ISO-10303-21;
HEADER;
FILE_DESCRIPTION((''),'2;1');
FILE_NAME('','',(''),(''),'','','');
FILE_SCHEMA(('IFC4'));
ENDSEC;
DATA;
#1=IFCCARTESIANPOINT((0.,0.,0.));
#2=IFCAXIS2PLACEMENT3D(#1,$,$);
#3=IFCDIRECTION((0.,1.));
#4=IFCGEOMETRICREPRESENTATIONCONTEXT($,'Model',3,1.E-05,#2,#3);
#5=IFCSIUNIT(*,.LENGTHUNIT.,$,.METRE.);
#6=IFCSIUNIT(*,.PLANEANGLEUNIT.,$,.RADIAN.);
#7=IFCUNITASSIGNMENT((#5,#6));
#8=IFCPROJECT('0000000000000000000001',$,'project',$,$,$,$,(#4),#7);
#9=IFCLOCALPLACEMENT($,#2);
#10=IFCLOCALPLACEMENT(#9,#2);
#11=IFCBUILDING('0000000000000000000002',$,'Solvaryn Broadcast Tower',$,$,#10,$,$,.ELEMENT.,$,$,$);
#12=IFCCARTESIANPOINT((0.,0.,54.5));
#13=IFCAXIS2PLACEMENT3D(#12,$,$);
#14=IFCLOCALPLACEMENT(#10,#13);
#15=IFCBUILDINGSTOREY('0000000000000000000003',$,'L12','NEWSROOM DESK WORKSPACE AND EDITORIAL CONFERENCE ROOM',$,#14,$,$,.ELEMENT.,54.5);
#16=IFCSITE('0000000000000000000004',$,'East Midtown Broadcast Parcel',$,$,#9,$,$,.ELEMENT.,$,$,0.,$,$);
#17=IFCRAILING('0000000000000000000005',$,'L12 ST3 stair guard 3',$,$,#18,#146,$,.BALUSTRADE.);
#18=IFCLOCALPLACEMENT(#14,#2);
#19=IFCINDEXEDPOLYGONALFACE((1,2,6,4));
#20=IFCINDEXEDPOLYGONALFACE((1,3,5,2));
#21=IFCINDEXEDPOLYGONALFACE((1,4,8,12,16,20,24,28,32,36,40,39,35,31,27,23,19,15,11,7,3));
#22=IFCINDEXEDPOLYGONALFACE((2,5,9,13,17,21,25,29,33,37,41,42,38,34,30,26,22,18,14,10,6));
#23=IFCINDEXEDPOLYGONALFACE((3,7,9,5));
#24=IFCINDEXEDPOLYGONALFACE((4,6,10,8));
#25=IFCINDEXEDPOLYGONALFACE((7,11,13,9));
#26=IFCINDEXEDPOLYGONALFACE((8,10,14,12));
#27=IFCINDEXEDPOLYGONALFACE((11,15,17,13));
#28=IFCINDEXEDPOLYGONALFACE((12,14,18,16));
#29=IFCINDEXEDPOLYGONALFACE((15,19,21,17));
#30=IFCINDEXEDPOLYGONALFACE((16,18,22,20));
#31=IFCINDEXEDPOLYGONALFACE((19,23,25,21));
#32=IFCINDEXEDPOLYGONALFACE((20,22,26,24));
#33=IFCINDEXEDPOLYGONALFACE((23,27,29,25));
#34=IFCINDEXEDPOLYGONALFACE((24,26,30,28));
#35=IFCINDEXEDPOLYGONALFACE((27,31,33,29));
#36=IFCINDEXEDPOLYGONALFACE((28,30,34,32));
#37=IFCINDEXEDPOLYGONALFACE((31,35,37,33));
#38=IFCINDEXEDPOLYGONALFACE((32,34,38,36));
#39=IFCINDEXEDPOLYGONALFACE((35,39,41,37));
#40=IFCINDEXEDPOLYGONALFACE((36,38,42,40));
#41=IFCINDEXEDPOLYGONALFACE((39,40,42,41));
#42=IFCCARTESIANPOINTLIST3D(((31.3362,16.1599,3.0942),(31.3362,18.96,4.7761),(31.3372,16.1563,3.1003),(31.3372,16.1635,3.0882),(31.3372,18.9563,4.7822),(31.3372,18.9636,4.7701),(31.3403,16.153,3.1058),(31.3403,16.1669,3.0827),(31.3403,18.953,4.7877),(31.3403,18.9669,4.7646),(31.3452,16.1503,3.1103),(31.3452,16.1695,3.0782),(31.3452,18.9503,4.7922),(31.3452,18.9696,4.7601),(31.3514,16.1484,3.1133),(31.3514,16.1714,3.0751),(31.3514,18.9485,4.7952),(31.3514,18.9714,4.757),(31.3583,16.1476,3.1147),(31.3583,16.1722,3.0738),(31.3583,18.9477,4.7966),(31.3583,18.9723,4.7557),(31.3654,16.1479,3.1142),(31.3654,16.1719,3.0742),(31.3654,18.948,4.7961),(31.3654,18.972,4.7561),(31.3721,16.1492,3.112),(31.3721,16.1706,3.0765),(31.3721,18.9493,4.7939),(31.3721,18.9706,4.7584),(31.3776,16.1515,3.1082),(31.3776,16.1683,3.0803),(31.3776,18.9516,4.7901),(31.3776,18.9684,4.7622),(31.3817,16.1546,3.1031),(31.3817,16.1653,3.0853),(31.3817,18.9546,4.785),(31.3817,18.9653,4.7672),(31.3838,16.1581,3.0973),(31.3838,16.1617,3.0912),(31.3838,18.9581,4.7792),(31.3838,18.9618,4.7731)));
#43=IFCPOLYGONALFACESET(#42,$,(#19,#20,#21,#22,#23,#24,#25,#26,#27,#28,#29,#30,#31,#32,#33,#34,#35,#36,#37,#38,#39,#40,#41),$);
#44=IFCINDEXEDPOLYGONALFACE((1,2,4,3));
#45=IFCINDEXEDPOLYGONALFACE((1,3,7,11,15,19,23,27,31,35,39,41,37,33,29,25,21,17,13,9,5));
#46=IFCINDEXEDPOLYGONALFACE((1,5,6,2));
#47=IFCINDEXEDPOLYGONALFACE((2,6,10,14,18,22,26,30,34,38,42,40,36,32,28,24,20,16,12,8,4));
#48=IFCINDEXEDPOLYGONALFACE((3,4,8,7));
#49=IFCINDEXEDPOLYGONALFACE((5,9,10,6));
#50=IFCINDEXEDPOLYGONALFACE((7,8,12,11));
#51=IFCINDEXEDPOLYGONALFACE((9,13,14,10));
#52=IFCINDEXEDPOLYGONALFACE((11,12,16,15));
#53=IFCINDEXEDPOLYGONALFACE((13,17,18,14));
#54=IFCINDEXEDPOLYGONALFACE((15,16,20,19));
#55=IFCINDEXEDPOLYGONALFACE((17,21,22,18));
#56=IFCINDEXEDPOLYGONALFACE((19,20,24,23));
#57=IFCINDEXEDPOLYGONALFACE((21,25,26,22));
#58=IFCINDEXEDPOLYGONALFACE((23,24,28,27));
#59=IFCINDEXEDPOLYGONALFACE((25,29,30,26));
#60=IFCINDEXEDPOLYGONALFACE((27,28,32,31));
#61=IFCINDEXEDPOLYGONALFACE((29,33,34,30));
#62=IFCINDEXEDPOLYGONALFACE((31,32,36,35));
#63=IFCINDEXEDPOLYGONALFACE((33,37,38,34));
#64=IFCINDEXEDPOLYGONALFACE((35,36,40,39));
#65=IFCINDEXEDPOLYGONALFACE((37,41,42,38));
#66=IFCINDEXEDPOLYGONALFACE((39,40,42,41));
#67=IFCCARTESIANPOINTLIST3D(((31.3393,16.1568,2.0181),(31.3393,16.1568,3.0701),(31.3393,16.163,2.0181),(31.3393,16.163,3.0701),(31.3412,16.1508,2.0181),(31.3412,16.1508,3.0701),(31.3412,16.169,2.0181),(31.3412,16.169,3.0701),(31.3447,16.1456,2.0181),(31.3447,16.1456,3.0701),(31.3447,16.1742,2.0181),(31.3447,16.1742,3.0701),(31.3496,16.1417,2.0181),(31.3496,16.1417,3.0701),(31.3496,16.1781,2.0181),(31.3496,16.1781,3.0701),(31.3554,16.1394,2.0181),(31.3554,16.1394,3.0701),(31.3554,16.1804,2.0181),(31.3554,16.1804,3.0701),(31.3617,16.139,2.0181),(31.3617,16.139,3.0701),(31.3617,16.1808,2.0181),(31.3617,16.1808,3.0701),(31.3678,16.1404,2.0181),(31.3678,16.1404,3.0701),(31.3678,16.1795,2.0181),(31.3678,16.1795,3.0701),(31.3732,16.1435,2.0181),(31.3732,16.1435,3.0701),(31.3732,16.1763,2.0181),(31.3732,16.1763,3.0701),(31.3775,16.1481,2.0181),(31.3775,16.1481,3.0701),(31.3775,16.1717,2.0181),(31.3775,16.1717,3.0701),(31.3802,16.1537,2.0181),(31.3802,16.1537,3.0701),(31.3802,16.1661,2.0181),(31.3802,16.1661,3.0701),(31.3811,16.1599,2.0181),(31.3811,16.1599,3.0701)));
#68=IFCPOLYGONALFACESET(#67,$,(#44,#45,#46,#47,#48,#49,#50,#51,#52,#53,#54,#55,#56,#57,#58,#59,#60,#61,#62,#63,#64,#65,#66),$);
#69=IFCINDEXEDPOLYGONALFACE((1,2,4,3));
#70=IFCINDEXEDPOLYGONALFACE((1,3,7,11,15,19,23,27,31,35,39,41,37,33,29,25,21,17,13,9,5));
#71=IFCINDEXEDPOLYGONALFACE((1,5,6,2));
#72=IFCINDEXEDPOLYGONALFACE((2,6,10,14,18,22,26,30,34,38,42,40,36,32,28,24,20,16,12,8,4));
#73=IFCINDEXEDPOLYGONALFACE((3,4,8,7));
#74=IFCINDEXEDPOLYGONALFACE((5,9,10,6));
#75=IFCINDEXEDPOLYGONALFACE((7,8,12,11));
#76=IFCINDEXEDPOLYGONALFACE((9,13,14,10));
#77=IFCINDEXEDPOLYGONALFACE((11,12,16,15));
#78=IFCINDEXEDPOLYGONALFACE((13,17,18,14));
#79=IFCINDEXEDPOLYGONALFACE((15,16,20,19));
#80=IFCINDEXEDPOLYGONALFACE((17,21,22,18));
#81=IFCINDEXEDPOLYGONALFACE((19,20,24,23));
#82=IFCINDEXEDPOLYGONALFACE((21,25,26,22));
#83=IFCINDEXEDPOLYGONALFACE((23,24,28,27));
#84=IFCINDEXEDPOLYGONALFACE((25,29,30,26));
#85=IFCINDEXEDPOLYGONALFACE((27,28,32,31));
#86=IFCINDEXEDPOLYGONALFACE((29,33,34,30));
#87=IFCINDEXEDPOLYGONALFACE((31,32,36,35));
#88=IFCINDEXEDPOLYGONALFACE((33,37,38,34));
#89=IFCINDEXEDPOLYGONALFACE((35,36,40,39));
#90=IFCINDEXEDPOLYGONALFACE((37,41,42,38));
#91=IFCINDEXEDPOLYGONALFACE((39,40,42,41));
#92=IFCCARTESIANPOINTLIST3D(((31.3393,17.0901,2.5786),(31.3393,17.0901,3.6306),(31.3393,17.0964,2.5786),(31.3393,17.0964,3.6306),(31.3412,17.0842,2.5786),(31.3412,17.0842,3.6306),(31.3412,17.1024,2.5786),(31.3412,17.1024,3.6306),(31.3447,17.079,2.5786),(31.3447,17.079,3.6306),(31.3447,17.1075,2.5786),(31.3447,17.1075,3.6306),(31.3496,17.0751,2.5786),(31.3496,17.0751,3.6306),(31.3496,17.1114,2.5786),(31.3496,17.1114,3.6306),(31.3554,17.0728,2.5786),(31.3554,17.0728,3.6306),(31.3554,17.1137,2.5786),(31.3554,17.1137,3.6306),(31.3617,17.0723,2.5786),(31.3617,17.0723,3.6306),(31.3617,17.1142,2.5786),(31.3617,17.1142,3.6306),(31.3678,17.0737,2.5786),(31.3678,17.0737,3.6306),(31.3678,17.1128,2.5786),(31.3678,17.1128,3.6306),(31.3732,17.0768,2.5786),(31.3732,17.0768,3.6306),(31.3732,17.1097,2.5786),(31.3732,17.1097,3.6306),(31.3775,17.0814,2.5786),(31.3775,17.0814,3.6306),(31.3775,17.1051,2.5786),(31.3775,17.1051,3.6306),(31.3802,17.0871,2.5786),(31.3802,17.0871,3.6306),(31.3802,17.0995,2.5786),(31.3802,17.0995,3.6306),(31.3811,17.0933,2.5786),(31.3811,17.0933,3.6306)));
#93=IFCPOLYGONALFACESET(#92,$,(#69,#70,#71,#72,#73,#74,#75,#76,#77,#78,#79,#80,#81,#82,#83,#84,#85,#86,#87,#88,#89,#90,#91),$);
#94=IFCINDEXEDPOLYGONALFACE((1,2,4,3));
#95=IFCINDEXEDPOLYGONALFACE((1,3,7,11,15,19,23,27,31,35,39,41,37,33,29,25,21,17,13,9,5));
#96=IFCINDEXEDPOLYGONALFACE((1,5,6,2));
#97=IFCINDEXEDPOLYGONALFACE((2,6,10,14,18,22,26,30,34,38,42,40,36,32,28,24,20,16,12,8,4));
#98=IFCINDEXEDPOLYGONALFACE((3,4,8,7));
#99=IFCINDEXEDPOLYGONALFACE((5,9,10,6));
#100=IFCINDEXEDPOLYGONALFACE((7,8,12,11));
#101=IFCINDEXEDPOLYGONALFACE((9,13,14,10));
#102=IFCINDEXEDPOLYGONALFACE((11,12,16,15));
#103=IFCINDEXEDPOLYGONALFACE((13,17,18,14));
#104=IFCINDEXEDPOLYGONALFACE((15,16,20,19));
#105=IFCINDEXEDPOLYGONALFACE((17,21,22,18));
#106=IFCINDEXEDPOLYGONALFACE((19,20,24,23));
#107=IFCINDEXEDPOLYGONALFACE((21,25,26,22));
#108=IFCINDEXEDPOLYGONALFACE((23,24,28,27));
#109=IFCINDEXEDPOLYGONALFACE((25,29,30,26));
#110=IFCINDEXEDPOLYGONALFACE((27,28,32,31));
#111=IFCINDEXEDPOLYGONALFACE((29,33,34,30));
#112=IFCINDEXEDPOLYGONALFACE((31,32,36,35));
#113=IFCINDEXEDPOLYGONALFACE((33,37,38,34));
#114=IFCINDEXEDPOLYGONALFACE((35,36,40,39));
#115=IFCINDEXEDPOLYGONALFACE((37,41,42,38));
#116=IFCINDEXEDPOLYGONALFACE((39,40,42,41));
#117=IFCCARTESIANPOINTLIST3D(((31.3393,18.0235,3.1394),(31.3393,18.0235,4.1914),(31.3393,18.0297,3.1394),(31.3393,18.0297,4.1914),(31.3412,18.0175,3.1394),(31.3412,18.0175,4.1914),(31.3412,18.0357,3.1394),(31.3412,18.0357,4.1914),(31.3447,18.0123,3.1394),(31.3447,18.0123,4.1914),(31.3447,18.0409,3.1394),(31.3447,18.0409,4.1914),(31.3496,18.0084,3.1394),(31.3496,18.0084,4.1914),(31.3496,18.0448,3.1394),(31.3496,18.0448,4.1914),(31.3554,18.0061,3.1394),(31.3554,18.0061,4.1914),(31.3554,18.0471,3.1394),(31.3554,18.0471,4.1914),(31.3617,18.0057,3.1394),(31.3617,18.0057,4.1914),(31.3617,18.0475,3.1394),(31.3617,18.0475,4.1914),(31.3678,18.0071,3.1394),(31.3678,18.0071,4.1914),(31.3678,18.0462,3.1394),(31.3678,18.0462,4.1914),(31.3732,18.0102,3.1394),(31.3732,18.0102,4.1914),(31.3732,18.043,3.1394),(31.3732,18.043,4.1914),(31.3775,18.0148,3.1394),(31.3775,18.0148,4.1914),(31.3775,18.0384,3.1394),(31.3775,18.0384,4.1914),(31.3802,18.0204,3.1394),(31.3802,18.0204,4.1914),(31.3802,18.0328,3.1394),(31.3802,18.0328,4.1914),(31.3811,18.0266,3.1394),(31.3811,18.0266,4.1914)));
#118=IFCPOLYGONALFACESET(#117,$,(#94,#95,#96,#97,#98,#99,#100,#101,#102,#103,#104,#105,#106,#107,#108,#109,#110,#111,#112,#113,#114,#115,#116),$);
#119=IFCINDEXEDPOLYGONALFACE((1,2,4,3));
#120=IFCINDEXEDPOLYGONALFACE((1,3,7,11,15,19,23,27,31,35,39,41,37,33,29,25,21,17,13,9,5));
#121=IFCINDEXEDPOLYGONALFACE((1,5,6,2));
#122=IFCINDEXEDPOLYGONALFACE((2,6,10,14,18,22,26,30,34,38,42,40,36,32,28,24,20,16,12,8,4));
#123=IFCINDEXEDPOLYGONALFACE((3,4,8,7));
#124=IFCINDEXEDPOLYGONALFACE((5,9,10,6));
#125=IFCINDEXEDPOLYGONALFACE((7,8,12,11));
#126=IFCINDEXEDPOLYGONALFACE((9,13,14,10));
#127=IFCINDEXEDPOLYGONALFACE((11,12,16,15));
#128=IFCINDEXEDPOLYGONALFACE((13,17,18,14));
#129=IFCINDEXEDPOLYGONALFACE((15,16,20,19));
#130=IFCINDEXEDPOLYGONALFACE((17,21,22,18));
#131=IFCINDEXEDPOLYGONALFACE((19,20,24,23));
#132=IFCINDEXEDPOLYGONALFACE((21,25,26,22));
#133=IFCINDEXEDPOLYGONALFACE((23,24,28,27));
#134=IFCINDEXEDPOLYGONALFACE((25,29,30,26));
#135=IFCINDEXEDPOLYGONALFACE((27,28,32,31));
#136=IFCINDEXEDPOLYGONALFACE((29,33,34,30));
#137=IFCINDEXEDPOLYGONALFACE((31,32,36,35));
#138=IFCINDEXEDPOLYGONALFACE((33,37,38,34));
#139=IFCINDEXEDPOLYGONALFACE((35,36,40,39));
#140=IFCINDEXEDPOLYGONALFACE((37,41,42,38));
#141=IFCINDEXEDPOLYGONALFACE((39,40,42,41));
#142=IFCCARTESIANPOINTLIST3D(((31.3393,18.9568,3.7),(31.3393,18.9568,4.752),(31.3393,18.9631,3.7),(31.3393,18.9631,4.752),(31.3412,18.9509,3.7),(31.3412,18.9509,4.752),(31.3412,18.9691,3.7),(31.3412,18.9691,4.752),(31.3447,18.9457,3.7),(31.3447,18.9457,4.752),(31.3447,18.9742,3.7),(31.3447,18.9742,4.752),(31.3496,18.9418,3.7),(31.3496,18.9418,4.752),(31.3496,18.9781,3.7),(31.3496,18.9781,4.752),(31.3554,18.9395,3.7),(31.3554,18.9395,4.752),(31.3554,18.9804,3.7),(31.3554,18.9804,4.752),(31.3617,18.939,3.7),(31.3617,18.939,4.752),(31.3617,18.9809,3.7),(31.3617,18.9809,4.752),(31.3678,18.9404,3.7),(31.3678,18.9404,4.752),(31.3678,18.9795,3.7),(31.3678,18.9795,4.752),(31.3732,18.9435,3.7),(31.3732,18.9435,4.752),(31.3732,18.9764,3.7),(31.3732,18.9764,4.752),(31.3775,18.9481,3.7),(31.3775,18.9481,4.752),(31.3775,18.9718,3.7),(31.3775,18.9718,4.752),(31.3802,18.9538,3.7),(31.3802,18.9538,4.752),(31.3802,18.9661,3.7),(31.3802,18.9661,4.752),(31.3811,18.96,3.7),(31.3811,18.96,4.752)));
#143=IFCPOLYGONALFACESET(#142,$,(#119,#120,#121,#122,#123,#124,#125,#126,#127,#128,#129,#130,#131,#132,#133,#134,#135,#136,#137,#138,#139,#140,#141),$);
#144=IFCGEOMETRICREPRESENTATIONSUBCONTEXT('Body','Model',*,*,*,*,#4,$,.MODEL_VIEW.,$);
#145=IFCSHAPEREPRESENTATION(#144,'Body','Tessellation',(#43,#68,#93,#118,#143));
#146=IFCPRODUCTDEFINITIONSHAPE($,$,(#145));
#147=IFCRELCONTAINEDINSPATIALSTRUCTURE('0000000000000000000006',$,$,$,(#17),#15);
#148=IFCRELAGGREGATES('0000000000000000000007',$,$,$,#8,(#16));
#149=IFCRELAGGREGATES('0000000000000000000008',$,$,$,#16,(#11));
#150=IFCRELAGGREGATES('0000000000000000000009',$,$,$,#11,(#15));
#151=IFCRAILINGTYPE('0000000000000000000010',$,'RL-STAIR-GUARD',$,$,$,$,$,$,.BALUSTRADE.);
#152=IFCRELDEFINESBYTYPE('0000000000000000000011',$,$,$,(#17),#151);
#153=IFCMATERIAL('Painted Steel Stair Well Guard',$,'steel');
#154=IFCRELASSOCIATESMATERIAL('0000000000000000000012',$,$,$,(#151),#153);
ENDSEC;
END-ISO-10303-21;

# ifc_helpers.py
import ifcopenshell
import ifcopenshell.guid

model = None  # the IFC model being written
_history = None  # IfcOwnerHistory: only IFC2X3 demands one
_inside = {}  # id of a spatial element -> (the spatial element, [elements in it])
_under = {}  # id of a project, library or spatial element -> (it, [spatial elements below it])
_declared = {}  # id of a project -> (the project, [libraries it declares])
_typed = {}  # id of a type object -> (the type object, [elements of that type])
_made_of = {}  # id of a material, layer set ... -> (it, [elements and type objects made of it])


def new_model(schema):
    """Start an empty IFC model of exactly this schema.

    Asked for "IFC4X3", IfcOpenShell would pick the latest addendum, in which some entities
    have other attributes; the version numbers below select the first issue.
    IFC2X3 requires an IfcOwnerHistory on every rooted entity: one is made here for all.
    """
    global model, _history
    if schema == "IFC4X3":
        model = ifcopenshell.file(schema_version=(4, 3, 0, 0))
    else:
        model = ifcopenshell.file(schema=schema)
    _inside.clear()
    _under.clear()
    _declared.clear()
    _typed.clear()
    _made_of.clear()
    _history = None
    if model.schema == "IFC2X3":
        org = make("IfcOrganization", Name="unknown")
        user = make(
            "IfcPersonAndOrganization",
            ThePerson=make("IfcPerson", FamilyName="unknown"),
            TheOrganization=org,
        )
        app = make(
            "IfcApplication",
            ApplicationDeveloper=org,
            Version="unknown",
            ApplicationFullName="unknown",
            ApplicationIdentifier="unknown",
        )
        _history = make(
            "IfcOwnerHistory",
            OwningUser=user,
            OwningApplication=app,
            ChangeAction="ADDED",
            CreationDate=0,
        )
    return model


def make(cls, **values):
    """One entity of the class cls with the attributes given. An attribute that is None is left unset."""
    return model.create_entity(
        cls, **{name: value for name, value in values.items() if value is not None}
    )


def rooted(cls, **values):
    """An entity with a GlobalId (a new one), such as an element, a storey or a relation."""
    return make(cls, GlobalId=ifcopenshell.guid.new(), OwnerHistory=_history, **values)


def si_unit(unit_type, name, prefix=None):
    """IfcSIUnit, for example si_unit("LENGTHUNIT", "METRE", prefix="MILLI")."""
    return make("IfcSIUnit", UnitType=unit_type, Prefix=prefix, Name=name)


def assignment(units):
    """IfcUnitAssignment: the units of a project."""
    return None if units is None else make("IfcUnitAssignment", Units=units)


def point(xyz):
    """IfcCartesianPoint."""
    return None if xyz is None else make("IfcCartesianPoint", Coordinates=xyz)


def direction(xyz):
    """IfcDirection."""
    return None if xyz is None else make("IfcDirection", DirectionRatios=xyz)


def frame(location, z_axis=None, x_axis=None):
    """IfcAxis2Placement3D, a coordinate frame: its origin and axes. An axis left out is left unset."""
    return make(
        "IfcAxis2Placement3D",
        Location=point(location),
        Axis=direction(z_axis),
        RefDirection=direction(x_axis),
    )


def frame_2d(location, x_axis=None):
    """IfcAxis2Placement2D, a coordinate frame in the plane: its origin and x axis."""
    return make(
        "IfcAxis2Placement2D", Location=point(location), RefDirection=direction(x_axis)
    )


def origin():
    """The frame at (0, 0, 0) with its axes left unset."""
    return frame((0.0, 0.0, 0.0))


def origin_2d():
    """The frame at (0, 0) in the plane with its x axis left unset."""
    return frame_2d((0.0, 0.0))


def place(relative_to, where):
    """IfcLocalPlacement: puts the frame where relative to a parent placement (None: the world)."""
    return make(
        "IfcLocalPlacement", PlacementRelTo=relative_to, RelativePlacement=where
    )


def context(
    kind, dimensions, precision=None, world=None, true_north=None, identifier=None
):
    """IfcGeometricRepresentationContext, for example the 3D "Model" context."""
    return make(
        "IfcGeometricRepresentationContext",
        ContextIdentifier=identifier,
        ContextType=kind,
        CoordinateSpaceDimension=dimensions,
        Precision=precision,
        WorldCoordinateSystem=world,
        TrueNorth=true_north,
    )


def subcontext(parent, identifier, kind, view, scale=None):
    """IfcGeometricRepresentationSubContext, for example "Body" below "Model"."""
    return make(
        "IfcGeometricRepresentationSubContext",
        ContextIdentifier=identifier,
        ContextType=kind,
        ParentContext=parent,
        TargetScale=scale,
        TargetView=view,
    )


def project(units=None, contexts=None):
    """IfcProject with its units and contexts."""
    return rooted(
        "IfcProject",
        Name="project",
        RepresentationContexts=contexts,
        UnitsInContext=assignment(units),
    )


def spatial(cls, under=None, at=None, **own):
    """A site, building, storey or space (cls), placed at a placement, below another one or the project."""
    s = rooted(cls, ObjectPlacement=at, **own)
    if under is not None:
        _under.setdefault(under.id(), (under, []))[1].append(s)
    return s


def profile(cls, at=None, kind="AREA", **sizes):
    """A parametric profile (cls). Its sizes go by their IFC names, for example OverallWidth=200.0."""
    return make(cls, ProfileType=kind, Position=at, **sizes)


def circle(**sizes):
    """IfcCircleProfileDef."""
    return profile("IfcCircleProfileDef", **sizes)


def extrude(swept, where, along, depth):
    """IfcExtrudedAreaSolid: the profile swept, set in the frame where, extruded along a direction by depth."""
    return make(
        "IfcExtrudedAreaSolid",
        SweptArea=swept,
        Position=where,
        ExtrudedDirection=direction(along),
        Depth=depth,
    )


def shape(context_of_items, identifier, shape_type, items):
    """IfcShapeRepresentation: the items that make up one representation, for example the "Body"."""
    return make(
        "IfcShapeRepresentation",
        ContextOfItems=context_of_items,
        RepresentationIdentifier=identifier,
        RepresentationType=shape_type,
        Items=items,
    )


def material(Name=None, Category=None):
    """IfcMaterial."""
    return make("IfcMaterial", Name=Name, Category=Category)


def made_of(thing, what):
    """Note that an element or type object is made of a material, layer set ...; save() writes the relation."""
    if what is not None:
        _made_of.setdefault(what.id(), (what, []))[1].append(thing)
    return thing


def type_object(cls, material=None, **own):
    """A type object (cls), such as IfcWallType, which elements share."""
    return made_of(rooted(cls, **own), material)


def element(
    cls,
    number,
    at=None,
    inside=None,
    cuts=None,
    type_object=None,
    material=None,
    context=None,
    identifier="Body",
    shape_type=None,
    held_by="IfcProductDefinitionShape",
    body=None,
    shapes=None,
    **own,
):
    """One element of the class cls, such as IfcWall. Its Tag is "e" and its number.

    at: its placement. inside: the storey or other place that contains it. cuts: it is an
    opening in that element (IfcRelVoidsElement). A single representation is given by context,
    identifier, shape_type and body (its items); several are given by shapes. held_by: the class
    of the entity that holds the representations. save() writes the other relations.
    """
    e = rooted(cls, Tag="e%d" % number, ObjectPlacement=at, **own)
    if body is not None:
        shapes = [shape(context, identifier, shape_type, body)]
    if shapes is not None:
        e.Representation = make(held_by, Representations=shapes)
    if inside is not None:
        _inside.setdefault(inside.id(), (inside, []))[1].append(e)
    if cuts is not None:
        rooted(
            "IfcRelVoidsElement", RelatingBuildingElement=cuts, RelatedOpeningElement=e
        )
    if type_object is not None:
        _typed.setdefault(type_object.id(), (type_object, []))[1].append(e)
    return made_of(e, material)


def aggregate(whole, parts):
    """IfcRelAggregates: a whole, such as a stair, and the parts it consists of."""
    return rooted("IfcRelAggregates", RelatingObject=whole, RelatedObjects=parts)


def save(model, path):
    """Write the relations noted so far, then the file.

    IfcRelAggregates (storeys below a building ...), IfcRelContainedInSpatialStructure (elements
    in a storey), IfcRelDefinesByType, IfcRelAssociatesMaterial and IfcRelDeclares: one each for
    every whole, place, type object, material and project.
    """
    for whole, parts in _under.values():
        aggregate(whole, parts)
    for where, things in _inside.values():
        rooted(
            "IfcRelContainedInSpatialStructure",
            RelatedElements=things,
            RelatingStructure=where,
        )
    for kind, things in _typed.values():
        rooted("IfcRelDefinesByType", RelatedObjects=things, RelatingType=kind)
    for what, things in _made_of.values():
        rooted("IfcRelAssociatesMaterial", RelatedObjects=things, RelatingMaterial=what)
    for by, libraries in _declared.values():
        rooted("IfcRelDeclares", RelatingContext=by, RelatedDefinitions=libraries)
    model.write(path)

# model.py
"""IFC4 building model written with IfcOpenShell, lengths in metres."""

from ifc_helpers import new_model, si_unit, direction, frame, origin, origin_2d, place, context, subcontext, project, spatial, circle, extrude, material, type_object, element, save


model = new_model("IFC4")

# Units and contexts
model_context = context("Model", 3, precision=1e-05, world=origin(), true_north=direction((0.0, 1.0)))
body_context = subcontext(model_context, "Body", "Model", "MODEL_VIEW")
ifc_project = project(units=[si_unit("LENGTHUNIT", "METRE"), si_unit("PLANEANGLEUNIT", "RADIAN")], contexts=[model_context])

# Site, building, storey
site_placement = place(None, origin())
site = spatial("IfcSite", under=ifc_project, at=site_placement, Name="East Midtown Broadcast Parcel", CompositionType="ELEMENT", RefElevation=0.0)
building_placement = place(site_placement, origin())
building = spatial("IfcBuilding", under=site, at=building_placement, Name="Solvaryn Broadcast Tower", CompositionType="ELEMENT")
storey_placement = place(building_placement, frame((0.0, 0.0, 54.5)))
storey = spatial("IfcBuildingStorey", under=building, at=storey_placement, Name="L12", Description="NEWSROOM DESK WORKSPACE AND EDITORIAL CONFERENCE ROOM", CompositionType="ELEMENT", Elevation=54.5)

# Railing
ifc_material_1 = material(Name="Painted Steel Stair Well Guard", Category="steel")
railing_type_1 = type_object("IfcRailingType", Name="RL-STAIR-GUARD", PredefinedType="BALUSTRADE", material=ifc_material_1)
railing_1_placement = place(storey_placement, frame((31.3601, 16.1599, 2.0181)))
element("IfcRailing", 1, at=railing_1_placement, inside=storey, type_object=railing_type_1, Name="L12 ST3 stair guard 3", PredefinedType="BALUSTRADE", context=body_context, shape_type="SweptSolid", body=[
    extrude(circle(Radius=0.0239, at=origin_2d()), frame((0.0, 0.0, 1.0762), z_axis=(0.0, 0.857242, 0.514913), x_axis=(-1.0, 0.0, 0.0)), (0.0, 0.0, 1.0), 3.2664),
    extrude(circle(Radius=0.021, at=origin_2d()), origin(), (0.0, 0.0, 1.0), 1.052),
    extrude(circle(Radius=0.021, at=origin_2d()), frame((0.0, 0.9333, 0.5605)), (0.0, 0.0, 1.0), 1.052),
    extrude(circle(Radius=0.021, at=origin_2d()), frame((0.0, 1.8667, 1.1213)), (0.0, 0.0, 1.0), 1.052),
    extrude(circle(Radius=0.021, at=origin_2d()), frame((0.0, 2.8, 1.6819)), (0.0, 0.0, 1.0), 1.052),
])

save(model, "model.ifc")
